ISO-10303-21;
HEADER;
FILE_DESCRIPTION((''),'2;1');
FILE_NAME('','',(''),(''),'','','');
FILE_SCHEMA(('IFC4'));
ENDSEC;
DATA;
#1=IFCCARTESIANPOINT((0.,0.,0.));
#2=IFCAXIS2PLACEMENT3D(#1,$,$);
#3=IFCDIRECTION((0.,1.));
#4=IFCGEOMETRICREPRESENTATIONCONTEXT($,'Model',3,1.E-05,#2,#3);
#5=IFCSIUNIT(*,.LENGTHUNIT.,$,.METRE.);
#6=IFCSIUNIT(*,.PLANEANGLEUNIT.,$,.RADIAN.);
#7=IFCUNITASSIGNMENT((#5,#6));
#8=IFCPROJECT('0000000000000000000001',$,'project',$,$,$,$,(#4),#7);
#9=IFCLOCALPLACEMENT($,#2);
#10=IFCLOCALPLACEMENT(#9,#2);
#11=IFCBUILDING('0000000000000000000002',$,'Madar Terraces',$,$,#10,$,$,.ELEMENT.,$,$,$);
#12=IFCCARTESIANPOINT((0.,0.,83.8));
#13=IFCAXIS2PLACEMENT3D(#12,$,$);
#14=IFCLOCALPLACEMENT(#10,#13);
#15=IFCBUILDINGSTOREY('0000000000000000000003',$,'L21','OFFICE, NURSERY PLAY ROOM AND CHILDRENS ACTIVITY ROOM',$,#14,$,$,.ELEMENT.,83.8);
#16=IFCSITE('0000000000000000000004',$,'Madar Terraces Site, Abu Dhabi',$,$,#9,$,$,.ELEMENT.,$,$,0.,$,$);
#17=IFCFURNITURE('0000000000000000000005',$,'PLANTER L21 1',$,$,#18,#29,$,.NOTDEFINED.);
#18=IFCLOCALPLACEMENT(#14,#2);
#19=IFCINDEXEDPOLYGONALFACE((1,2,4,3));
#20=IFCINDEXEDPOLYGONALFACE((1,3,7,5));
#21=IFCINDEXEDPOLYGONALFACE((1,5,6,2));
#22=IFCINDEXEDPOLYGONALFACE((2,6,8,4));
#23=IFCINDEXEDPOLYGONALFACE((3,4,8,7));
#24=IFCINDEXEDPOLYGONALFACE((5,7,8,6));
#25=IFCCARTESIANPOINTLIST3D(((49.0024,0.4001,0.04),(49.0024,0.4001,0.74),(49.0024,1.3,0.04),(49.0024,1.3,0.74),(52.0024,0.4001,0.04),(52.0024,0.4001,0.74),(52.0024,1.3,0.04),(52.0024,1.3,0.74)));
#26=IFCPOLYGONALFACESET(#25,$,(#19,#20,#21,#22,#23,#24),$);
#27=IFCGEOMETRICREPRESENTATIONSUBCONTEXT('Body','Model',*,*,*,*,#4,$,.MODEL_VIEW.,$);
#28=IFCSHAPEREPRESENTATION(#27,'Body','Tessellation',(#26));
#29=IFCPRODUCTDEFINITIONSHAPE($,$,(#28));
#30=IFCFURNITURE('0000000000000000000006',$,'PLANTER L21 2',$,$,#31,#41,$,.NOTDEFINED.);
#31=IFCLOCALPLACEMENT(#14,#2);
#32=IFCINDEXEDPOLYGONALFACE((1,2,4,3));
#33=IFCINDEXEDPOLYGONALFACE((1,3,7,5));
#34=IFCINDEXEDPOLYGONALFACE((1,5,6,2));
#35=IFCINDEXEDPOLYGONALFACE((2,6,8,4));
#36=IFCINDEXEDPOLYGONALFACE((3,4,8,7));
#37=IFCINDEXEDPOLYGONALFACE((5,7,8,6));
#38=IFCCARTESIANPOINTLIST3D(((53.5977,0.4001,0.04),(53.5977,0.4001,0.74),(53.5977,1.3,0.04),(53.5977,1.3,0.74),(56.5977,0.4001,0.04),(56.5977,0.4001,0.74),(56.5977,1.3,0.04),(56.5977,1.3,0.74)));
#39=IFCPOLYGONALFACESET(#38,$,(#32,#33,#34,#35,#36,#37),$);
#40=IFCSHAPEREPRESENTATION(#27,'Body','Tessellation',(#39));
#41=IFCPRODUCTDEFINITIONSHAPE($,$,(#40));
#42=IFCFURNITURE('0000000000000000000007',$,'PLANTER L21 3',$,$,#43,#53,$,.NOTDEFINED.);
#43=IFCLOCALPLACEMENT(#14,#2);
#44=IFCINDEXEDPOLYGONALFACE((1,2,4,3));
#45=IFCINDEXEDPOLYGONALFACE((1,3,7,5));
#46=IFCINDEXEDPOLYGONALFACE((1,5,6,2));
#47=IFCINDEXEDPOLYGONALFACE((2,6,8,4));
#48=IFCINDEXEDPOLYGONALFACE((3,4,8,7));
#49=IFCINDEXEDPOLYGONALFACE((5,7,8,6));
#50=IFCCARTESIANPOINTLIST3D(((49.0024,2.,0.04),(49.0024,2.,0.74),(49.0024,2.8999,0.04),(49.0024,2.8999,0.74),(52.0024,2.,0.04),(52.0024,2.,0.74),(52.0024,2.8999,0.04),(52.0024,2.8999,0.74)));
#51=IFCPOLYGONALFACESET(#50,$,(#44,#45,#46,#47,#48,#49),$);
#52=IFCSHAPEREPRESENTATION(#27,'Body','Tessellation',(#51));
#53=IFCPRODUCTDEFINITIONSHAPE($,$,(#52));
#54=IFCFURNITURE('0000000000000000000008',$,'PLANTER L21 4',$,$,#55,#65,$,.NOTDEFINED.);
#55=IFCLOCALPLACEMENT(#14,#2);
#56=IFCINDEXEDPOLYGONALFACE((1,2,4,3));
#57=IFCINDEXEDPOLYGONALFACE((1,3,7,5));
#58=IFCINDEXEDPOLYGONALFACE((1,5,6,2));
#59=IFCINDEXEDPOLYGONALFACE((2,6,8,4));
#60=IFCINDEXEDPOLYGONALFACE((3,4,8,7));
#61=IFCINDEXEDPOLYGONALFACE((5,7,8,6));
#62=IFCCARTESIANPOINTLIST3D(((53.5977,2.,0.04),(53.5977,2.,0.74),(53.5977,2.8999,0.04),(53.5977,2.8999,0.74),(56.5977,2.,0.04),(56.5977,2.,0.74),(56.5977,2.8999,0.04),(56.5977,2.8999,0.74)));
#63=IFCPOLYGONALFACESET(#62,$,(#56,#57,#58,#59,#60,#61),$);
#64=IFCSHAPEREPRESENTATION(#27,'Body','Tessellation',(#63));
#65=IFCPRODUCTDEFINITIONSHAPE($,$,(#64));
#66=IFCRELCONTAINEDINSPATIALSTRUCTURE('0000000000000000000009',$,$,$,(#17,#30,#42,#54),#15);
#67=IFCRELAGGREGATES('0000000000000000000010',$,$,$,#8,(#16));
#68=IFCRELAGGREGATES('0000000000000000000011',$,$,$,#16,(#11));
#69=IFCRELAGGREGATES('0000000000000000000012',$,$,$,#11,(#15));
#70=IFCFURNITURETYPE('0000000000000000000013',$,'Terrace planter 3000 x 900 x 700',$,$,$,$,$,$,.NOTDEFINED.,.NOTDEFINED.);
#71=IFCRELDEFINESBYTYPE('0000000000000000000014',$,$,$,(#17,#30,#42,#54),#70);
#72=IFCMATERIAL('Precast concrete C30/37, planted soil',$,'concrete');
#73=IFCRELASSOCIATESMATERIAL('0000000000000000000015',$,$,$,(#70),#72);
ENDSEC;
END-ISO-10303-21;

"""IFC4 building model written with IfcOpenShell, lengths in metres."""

from ifc_helpers import new_model, si_unit, direction, frame, origin, origin_2d, place, context, subcontext, project, spatial, rectangle, extrude, material, type_object, element, save


model = new_model("IFC4")

# Units and contexts
model_context = context("Model", 3, precision=1e-05, world=origin(), true_north=direction((0.0, 1.0)))
body_context = subcontext(model_context, "Body", "Model", "MODEL_VIEW")
ifc_project = project(units=[si_unit("LENGTHUNIT", "METRE"), si_unit("PLANEANGLEUNIT", "RADIAN")], contexts=[model_context])

# Site, building, storey
site_placement = place(None, origin())
site = spatial("IfcSite", under=ifc_project, at=site_placement, Name="Madar Terraces Site, Abu Dhabi", CompositionType="ELEMENT", RefElevation=0.0)
building_placement = place(site_placement, origin())
building = spatial("IfcBuilding", under=site, at=building_placement, Name="Madar Terraces", CompositionType="ELEMENT")
storey_placement = place(building_placement, frame((0.0, 0.0, 83.8)))
storey = spatial("IfcBuildingStorey", under=building, at=storey_placement, Name="L21", Description="OFFICE, NURSERY PLAY ROOM AND CHILDRENS ACTIVITY ROOM", CompositionType="ELEMENT", Elevation=83.8)

# Furniture
ifc_material_1 = material(Name="Precast concrete C30/37, planted soil", Category="concrete")
furniture_type = type_object("IfcFurnitureType", Name="Terrace planter 3000 x 900 x 700", AssemblyPlace="NOTDEFINED", PredefinedType="NOTDEFINED", material=ifc_material_1)
for number, where, z_axis, x_axis, name in (
    (1, (50.5024, 0.8501, 0.04), (0.0, 0.0, 1.0), (1.0, 0.0, 0.0), "PLANTER L21 1"),
    (2, (55.0977, 0.8501, 0.04), (0.0, 0.0, 1.0), (1.0, 0.0, 0.0), "PLANTER L21 2"),
    (3, (50.5024, 2.45, 0.04), (0.0, 0.0, 1.0), (1.0, 0.0, 0.0), "PLANTER L21 3"),
    (4, (55.0977, 2.45, 0.04), (0.0, 0.0, 1.0), (1.0, 0.0, 0.0), "PLANTER L21 4"),
):
    element("IfcFurniture", number, at=place(storey_placement, frame(where, z_axis=z_axis, x_axis=x_axis)), inside=storey, type_object=furniture_type, Name=name, PredefinedType="NOTDEFINED", context=body_context, shape_type="SweptSolid", body=[
        extrude(rectangle(XDim=3.0, YDim=0.8999, at=origin_2d()), origin(), (0.0, 0.0, 1.0), 0.7),
    ])

save(model, "model.ifc")
